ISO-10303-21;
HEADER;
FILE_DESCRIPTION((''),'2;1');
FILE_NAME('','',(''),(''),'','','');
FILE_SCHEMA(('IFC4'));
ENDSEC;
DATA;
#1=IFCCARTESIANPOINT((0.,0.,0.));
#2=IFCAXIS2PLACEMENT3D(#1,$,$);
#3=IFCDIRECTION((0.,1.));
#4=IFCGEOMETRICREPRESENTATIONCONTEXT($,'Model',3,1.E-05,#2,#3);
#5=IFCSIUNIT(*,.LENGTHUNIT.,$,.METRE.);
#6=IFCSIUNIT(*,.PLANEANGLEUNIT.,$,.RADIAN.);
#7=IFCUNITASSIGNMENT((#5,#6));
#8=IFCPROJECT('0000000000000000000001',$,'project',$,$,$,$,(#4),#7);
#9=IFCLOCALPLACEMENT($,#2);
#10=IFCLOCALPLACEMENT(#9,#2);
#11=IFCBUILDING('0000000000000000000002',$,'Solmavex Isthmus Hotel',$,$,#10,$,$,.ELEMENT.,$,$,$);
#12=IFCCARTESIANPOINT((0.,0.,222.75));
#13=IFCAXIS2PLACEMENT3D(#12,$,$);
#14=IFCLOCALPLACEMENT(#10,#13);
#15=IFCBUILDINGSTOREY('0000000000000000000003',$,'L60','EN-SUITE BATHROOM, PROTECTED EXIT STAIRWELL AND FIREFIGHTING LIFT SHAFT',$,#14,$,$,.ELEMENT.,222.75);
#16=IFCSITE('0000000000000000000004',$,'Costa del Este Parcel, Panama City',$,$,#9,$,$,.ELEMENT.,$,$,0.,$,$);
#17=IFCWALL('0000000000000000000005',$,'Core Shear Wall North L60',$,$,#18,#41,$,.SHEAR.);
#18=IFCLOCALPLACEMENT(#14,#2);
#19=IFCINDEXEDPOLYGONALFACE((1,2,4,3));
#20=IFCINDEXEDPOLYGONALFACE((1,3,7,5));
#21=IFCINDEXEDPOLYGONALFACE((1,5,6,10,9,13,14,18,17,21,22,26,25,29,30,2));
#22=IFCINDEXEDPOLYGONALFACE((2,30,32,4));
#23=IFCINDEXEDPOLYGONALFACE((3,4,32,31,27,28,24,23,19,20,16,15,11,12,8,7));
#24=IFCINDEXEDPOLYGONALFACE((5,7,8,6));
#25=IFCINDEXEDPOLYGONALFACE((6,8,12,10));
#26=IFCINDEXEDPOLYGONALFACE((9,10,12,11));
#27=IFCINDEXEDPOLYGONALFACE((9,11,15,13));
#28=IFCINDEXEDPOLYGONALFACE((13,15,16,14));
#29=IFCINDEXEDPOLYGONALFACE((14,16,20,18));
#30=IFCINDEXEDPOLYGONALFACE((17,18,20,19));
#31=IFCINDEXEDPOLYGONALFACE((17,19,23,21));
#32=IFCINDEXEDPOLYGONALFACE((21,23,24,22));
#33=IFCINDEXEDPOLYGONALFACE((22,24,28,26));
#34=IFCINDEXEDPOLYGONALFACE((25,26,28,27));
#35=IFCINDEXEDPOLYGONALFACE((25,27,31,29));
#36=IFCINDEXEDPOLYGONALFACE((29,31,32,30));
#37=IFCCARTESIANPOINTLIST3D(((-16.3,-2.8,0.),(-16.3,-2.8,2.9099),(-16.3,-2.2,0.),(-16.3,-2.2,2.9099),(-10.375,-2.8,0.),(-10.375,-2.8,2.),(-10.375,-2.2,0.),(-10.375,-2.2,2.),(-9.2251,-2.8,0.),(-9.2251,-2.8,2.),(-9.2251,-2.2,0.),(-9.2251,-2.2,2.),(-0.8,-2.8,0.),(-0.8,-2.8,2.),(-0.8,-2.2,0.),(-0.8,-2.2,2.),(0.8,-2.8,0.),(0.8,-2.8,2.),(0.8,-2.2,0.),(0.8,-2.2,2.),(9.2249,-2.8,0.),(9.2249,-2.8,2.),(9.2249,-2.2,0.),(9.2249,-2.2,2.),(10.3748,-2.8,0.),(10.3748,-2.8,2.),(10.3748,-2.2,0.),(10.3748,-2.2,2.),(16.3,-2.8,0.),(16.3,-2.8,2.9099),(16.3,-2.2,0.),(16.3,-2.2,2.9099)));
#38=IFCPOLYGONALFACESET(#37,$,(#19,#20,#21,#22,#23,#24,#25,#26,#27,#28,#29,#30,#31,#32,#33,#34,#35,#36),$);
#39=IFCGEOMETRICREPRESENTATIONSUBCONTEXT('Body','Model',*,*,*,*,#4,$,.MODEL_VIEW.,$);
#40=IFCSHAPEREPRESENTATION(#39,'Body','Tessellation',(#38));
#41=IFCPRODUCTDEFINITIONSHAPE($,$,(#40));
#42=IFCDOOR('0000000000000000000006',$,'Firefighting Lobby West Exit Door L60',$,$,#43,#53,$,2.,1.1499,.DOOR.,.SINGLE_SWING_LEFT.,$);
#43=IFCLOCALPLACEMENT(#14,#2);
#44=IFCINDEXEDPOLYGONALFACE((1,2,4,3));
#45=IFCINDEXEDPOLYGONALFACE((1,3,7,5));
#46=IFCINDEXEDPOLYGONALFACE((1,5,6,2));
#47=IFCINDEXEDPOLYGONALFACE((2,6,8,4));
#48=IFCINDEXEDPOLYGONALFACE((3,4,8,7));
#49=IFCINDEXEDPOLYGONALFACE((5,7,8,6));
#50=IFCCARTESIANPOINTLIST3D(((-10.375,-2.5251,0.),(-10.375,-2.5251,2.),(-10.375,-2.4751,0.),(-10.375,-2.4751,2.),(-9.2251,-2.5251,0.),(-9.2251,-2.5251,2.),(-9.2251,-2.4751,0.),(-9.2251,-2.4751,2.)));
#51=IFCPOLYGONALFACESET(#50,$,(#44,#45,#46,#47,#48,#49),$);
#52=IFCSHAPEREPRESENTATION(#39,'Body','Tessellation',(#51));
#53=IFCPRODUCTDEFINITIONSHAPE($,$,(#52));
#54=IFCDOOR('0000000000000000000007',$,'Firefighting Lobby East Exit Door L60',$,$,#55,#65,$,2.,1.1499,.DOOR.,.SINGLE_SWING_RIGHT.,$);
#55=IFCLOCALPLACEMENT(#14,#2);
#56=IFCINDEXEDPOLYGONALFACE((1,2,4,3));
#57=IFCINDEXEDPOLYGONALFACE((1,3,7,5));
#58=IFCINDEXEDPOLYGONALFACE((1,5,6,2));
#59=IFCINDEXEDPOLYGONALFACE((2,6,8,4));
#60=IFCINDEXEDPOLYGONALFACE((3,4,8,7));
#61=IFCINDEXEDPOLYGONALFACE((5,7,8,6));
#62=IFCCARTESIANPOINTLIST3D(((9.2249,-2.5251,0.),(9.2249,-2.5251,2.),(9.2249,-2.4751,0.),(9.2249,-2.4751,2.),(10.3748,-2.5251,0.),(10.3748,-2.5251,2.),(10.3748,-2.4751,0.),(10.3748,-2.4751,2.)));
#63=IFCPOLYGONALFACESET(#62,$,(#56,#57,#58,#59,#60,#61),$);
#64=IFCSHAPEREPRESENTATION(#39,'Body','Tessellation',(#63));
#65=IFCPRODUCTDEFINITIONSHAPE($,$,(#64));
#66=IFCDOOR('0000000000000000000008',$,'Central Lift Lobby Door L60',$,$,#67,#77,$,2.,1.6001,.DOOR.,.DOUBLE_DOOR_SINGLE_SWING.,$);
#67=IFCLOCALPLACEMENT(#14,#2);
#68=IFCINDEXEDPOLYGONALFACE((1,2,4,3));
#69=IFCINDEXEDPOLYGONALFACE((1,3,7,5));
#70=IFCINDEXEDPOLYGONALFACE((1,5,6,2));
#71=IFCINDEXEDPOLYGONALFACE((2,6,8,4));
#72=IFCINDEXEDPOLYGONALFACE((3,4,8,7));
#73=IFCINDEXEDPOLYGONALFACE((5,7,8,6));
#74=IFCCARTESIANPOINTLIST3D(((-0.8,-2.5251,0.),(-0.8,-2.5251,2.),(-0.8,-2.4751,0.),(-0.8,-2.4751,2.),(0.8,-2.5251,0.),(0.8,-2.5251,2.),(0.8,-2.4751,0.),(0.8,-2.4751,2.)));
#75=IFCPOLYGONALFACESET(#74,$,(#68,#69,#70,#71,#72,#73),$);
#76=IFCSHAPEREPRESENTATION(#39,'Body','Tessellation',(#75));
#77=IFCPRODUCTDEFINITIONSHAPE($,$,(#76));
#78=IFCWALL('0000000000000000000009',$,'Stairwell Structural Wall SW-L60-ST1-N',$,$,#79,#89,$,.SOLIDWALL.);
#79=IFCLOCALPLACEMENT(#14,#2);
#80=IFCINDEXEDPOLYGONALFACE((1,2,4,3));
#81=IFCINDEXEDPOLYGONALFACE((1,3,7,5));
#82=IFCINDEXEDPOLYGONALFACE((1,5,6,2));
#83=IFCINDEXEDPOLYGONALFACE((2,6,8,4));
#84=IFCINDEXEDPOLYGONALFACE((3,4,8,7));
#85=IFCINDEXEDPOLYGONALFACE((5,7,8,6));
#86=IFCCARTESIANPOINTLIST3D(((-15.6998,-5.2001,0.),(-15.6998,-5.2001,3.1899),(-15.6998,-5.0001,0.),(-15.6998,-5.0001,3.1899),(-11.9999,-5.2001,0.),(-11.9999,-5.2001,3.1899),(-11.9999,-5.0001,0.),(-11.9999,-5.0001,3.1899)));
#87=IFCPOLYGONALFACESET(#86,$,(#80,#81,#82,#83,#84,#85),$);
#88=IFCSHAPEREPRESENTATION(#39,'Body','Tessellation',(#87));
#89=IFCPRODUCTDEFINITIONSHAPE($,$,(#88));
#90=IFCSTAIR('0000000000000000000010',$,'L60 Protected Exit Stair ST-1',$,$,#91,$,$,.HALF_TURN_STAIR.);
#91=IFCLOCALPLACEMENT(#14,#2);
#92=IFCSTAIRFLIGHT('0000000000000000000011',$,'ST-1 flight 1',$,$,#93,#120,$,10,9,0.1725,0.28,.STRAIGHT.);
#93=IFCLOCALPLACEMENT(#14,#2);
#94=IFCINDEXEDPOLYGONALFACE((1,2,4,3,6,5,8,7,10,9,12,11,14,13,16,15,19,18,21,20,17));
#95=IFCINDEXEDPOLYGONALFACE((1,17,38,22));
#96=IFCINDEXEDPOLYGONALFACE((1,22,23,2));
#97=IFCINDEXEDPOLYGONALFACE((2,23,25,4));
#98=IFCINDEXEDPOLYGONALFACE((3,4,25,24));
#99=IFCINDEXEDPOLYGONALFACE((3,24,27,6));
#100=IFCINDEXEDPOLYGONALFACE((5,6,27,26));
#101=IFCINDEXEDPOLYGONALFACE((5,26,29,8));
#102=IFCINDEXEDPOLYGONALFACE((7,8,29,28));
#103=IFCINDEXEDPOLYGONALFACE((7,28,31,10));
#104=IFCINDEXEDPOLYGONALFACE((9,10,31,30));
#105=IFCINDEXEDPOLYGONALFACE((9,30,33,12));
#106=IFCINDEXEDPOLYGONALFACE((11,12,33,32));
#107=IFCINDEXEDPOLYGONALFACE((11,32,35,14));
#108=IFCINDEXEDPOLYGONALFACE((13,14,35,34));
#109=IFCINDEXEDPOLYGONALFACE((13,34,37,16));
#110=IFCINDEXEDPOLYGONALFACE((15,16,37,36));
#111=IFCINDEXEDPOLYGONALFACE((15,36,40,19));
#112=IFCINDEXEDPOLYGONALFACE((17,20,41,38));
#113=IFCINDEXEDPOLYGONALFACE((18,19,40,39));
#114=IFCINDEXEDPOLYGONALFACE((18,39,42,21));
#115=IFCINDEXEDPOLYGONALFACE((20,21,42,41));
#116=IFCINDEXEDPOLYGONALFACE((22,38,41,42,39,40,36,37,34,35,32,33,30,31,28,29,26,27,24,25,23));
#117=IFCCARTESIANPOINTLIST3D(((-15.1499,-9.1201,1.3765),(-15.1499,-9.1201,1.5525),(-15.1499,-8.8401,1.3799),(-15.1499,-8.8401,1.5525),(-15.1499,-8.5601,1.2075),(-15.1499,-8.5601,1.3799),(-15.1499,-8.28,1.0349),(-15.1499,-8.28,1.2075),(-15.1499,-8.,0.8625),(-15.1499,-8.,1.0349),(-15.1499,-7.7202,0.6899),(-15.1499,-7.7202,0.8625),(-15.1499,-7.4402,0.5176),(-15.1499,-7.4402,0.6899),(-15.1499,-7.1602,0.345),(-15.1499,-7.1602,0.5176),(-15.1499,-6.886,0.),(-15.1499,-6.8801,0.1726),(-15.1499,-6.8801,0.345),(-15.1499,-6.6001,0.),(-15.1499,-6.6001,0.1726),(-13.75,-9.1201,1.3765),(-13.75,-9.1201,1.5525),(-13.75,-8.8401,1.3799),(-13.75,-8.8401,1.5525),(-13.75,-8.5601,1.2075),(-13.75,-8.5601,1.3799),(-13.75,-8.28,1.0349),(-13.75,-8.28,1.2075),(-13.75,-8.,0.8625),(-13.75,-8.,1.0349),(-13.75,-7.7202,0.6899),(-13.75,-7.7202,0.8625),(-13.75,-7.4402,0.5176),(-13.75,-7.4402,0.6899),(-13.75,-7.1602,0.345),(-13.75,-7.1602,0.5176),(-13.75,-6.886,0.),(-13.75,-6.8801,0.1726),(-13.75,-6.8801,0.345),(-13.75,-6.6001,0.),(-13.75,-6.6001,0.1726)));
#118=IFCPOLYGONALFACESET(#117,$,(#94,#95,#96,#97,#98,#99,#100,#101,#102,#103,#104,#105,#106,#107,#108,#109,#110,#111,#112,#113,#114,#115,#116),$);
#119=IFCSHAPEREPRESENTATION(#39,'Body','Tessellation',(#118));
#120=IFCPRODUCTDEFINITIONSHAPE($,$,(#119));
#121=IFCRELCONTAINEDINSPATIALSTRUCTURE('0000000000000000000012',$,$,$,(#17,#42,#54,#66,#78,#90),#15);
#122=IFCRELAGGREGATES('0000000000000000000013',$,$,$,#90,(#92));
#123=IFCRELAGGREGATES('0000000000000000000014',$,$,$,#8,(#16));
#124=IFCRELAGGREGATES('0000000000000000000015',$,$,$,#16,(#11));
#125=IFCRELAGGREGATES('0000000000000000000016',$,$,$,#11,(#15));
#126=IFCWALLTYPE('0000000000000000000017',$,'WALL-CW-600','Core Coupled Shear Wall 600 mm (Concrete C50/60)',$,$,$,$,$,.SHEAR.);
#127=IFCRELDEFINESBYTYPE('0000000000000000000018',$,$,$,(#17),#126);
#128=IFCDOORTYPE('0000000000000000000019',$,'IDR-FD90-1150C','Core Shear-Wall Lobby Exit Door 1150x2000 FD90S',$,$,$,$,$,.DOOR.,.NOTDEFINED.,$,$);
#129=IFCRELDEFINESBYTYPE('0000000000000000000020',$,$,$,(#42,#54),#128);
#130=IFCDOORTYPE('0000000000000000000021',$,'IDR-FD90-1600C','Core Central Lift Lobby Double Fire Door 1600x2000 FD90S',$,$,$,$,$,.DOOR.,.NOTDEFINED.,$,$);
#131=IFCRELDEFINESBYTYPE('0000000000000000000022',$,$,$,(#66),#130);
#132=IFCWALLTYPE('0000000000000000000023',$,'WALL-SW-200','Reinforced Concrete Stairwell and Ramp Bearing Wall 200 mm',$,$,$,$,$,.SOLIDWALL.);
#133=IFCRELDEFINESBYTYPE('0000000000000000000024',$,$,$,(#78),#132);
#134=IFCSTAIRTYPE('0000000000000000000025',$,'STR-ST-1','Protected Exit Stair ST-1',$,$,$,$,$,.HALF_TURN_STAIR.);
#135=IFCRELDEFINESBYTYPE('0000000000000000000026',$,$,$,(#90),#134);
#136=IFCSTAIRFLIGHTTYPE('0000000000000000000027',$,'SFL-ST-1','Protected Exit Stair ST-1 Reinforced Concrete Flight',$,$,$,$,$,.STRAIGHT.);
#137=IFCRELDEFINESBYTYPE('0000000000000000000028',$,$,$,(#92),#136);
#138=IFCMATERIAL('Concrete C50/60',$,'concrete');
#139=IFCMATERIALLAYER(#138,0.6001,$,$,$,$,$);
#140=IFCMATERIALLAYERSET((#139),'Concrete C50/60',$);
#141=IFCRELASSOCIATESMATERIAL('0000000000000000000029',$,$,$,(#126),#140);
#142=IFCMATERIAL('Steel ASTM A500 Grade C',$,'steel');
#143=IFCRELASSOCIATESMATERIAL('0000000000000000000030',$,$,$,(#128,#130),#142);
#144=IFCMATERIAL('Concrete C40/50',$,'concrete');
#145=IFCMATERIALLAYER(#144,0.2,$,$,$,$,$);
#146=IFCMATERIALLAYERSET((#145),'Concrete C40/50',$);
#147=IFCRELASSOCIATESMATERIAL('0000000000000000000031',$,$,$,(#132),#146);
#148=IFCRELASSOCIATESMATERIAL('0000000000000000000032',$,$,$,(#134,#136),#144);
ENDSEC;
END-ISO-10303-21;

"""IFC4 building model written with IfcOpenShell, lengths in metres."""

from ifc_helpers import new_model, si_unit, direction, frame, frame_2d, origin, place, context, subcontext, project, spatial, polyline, rectangle, outline, extrude, material, layer, layer_set, type_object, element, fill, aggregate, save


model = new_model("IFC4")

# Units and contexts
model_context = context("Model", 3, precision=1e-05, world=origin(), true_north=direction((0.0, 1.0)))
body_context = subcontext(model_context, "Body", "Model", "MODEL_VIEW")
ifc_project = project(units=[si_unit("LENGTHUNIT", "METRE"), si_unit("PLANEANGLEUNIT", "RADIAN")], contexts=[model_context])

# Site, building, storey
site_placement = place(None, origin())
site = spatial("IfcSite", under=ifc_project, at=site_placement, Name="Costa del Este Parcel, Panama City", CompositionType="ELEMENT", RefElevation=0.0)
building_placement = place(site_placement, origin())
building = spatial("IfcBuilding", under=site, at=building_placement, Name="Solmavex Isthmus Hotel", CompositionType="ELEMENT")
storey_placement = place(building_placement, frame((0.0, 0.0, 222.75)))
storey = spatial("IfcBuildingStorey", under=building, at=storey_placement, Name="L60", Description="EN-SUITE BATHROOM, PROTECTED EXIT STAIRWELL AND FIREFIGHTING LIFT SHAFT", CompositionType="ELEMENT", Elevation=222.75)

# Shared definitions
ifc_material_1 = material(Name="Concrete C50/60", Category="concrete")

# Shared definitions
ifc_material_2 = material(Name="Steel ASTM A500 Grade C", Category="steel")

# Wall, openings, doors
ifc_layer_1 = layer(ifc_material_1, 0.6001)
ifc_layer_set_1 = layer_set([ifc_layer_1], Name="Concrete C50/60")
wall_type_1 = type_object("IfcWallType", Name="WALL-CW-600", Description="Core Coupled Shear Wall 600 mm (Concrete C50/60)", PredefinedType="SHEAR", material=ifc_layer_set_1)
wall_1_placement = place(storey_placement, frame((-16.3, -2.5, 0.0), z_axis=(0.0, 0.0, 1.0), x_axis=(1.0, 0.0, 0.0)))
wall_1 = element("IfcWall", 1, at=wall_1_placement, inside=storey, type_object=wall_type_1, Name="Core Shear Wall North L60", PredefinedType="SHEAR", context=body_context, shape_type="SweptSolid", body=[
    extrude(rectangle(XDim=32.6001, YDim=0.6001, at=frame_2d((16.3, 0.0))), origin(), (0.0, 0.0, 1.0), 2.9099),
])
opening_1_placement = place(wall_1_placement, frame((5.925, 0.0, 0.0)))
opening_1 = element("IfcOpeningElement", 2, at=opening_1_placement, cuts=wall_1, PredefinedType="OPENING", context=body_context, shape_type="SweptSolid", body=[
    extrude(rectangle(XDim=1.1499, YDim=2.0, at=frame_2d((0.575, 1.0))), frame((0.0, 0.3101, 0.0), z_axis=(0.0, -1.0, 0.0), x_axis=(1.0, 0.0, 0.0)), (0.0, 0.0, 1.0), 0.6201),
])
opening_2_placement = place(wall_1_placement, frame((15.5, 0.0, 0.0)))
opening_2 = element("IfcOpeningElement", 3, at=opening_2_placement, cuts=wall_1, PredefinedType="OPENING", context=body_context, shape_type="SweptSolid", body=[
    extrude(rectangle(XDim=1.6001, YDim=2.0, at=frame_2d((0.8, 1.0))), frame((0.0, 0.3101, 0.0), z_axis=(0.0, -1.0, 0.0), x_axis=(1.0, 0.0, 0.0)), (0.0, 0.0, 1.0), 0.6201),
])
opening_3_placement = place(wall_1_placement, frame((25.5249, 0.0, 0.0)))
opening_3 = element("IfcOpeningElement", 4, at=opening_3_placement, cuts=wall_1, PredefinedType="OPENING", context=body_context, shape_type="SweptSolid", body=[
    extrude(rectangle(XDim=1.1499, YDim=2.0, at=frame_2d((0.575, 1.0))), frame((0.0, 0.3101, 0.0), z_axis=(0.0, -1.0, 0.0), x_axis=(1.0, 0.0, 0.0)), (0.0, 0.0, 1.0), 0.6201),
])
door_type_1 = type_object("IfcDoorType", Name="IDR-FD90-1150C", Description="Core Shear-Wall Lobby Exit Door 1150x2000 FD90S", OperationType="NOTDEFINED", PredefinedType="DOOR", material=ifc_material_2)
door_1_placement = place(opening_1_placement, origin())
door_1 = element("IfcDoor", 5, at=door_1_placement, inside=storey, type_object=door_type_1, Name="Firefighting Lobby West Exit Door L60", OperationType="SINGLE_SWING_LEFT", OverallHeight=2.0, OverallWidth=1.1499, PredefinedType="DOOR", context=body_context, shape_type="SweptSolid", body=[
    extrude(rectangle(XDim=1.1499, YDim=2.0, at=frame_2d((0.575, 1.0))), frame((0.0, 0.0249, 0.0), z_axis=(0.0, -1.0, 0.0), x_axis=(1.0, 0.0, 0.0)), (0.0, 0.0, 1.0), 0.05),
])
fill(opening_1, door_1)
door_2_placement = place(opening_3_placement, origin())
door_2 = element("IfcDoor", 6, at=door_2_placement, inside=storey, type_object=door_type_1, Name="Firefighting Lobby East Exit Door L60", OperationType="SINGLE_SWING_RIGHT", OverallHeight=2.0, OverallWidth=1.1499, PredefinedType="DOOR", context=body_context, shape_type="SweptSolid", body=[
    extrude(rectangle(XDim=1.1499, YDim=2.0, at=frame_2d((0.575, 1.0))), frame((0.0, 0.0249, 0.0), z_axis=(0.0, -1.0, 0.0), x_axis=(1.0, 0.0, 0.0)), (0.0, 0.0, 1.0), 0.05),
])
fill(opening_3, door_2)
door_type_2 = type_object("IfcDoorType", Name="IDR-FD90-1600C", Description="Core Central Lift Lobby Double Fire Door 1600x2000 FD90S", OperationType="NOTDEFINED", PredefinedType="DOOR", material=ifc_material_2)
door_3_placement = place(opening_2_placement, origin())
door_3 = element("IfcDoor", 7, at=door_3_placement, inside=storey, type_object=door_type_2, Name="Central Lift Lobby Door L60", OperationType="DOUBLE_DOOR_SINGLE_SWING", OverallHeight=2.0, OverallWidth=1.6001, PredefinedType="DOOR", context=body_context, shape_type="SweptSolid", body=[
    extrude(rectangle(XDim=1.6001, YDim=2.0, at=frame_2d((0.8, 1.0))), frame((0.0, 0.0249, 0.0), z_axis=(0.0, -1.0, 0.0), x_axis=(1.0, 0.0, 0.0)), (0.0, 0.0, 1.0), 0.05),
])
fill(opening_2, door_3)

# Wall
ifc_material_3 = material(Name="Concrete C40/50", Category="concrete")
ifc_layer_2 = layer(ifc_material_3, 0.2)
ifc_layer_set_2 = layer_set([ifc_layer_2], Name="Concrete C40/50")
wall_type_2 = type_object("IfcWallType", Name="WALL-SW-200", Description="Reinforced Concrete Stairwell and Ramp Bearing Wall 200 mm", PredefinedType="SOLIDWALL", material=ifc_layer_set_2)
wall_2_placement = place(storey_placement, frame((-15.7, -5.1001, 0.0), z_axis=(0.0, 0.0, 1.0), x_axis=(1.0, 0.0, 0.0)))
element("IfcWall", 8, at=wall_2_placement, inside=storey, type_object=wall_type_2, Name="Stairwell Structural Wall SW-L60-ST1-N", PredefinedType="SOLIDWALL", context=body_context, shape_type="SweptSolid", body=[
    extrude(rectangle(XDim=3.7, YDim=0.2, at=frame_2d((1.8501, 0.0))), origin(), (0.0, 0.0, 1.0), 3.1899),
])

# Stair, stair flight
stair_type = type_object("IfcStairType", Name="STR-ST-1", Description="Protected Exit Stair ST-1", PredefinedType="HALF_TURN_STAIR", material=ifc_material_3)
stair_placement = place(storey_placement, origin())
stair = element("IfcStair", 9, at=stair_placement, inside=storey, type_object=stair_type, Name="L60 Protected Exit Stair ST-1", PredefinedType="HALF_TURN_STAIR")
stair_flight_type = type_object("IfcStairFlightType", Name="SFL-ST-1", Description="Protected Exit Stair ST-1 Reinforced Concrete Flight", PredefinedType="STRAIGHT", material=ifc_material_3)
stair_flight_placement = place(storey_placement, frame((-14.45, -6.6001, 0.0), z_axis=(0.0, 0.0, 1.0), x_axis=(0.0, -1.0, 0.0)))
stair_flight = element("IfcStairFlight", 10, at=stair_flight_placement, type_object=stair_flight_type, Name="ST-1 flight 1", NumberOfRisers=10, NumberOfTreads=9, PredefinedType="STRAIGHT", RiserHeight=0.1725, TreadLength=0.28, context=body_context, shape_type="SweptSolid", body=[
    extrude(outline(polyline([(0.0, 0.0), (0.0, 0.1726), (0.28, 0.1726), (0.28, 0.345), (0.5601, 0.345), (0.5601, 0.5176), (0.8401, 0.5176), (0.8401, 0.6899), (1.1201, 0.6899), (1.1201, 0.8625), (1.3999, 0.8625), (1.3999, 1.0349), (1.6799, 1.0349), (1.6799, 1.2075), (1.96, 1.2075), (1.96, 1.3799), (2.24, 1.3799), (2.24, 1.5525), (2.52, 1.5525), (2.52, 1.7251), (2.52, 1.3765), (0.2859, 0.0), (0.0, 0.0)])), frame((0.0, 0.7, 0.0), z_axis=(0.0, -1.0, 0.0), x_axis=(1.0, 0.0, 0.0)), (0.0, 0.0, 1.0), 1.3999),
])
aggregate(stair, [stair_flight])

save(model, "model.ifc")
